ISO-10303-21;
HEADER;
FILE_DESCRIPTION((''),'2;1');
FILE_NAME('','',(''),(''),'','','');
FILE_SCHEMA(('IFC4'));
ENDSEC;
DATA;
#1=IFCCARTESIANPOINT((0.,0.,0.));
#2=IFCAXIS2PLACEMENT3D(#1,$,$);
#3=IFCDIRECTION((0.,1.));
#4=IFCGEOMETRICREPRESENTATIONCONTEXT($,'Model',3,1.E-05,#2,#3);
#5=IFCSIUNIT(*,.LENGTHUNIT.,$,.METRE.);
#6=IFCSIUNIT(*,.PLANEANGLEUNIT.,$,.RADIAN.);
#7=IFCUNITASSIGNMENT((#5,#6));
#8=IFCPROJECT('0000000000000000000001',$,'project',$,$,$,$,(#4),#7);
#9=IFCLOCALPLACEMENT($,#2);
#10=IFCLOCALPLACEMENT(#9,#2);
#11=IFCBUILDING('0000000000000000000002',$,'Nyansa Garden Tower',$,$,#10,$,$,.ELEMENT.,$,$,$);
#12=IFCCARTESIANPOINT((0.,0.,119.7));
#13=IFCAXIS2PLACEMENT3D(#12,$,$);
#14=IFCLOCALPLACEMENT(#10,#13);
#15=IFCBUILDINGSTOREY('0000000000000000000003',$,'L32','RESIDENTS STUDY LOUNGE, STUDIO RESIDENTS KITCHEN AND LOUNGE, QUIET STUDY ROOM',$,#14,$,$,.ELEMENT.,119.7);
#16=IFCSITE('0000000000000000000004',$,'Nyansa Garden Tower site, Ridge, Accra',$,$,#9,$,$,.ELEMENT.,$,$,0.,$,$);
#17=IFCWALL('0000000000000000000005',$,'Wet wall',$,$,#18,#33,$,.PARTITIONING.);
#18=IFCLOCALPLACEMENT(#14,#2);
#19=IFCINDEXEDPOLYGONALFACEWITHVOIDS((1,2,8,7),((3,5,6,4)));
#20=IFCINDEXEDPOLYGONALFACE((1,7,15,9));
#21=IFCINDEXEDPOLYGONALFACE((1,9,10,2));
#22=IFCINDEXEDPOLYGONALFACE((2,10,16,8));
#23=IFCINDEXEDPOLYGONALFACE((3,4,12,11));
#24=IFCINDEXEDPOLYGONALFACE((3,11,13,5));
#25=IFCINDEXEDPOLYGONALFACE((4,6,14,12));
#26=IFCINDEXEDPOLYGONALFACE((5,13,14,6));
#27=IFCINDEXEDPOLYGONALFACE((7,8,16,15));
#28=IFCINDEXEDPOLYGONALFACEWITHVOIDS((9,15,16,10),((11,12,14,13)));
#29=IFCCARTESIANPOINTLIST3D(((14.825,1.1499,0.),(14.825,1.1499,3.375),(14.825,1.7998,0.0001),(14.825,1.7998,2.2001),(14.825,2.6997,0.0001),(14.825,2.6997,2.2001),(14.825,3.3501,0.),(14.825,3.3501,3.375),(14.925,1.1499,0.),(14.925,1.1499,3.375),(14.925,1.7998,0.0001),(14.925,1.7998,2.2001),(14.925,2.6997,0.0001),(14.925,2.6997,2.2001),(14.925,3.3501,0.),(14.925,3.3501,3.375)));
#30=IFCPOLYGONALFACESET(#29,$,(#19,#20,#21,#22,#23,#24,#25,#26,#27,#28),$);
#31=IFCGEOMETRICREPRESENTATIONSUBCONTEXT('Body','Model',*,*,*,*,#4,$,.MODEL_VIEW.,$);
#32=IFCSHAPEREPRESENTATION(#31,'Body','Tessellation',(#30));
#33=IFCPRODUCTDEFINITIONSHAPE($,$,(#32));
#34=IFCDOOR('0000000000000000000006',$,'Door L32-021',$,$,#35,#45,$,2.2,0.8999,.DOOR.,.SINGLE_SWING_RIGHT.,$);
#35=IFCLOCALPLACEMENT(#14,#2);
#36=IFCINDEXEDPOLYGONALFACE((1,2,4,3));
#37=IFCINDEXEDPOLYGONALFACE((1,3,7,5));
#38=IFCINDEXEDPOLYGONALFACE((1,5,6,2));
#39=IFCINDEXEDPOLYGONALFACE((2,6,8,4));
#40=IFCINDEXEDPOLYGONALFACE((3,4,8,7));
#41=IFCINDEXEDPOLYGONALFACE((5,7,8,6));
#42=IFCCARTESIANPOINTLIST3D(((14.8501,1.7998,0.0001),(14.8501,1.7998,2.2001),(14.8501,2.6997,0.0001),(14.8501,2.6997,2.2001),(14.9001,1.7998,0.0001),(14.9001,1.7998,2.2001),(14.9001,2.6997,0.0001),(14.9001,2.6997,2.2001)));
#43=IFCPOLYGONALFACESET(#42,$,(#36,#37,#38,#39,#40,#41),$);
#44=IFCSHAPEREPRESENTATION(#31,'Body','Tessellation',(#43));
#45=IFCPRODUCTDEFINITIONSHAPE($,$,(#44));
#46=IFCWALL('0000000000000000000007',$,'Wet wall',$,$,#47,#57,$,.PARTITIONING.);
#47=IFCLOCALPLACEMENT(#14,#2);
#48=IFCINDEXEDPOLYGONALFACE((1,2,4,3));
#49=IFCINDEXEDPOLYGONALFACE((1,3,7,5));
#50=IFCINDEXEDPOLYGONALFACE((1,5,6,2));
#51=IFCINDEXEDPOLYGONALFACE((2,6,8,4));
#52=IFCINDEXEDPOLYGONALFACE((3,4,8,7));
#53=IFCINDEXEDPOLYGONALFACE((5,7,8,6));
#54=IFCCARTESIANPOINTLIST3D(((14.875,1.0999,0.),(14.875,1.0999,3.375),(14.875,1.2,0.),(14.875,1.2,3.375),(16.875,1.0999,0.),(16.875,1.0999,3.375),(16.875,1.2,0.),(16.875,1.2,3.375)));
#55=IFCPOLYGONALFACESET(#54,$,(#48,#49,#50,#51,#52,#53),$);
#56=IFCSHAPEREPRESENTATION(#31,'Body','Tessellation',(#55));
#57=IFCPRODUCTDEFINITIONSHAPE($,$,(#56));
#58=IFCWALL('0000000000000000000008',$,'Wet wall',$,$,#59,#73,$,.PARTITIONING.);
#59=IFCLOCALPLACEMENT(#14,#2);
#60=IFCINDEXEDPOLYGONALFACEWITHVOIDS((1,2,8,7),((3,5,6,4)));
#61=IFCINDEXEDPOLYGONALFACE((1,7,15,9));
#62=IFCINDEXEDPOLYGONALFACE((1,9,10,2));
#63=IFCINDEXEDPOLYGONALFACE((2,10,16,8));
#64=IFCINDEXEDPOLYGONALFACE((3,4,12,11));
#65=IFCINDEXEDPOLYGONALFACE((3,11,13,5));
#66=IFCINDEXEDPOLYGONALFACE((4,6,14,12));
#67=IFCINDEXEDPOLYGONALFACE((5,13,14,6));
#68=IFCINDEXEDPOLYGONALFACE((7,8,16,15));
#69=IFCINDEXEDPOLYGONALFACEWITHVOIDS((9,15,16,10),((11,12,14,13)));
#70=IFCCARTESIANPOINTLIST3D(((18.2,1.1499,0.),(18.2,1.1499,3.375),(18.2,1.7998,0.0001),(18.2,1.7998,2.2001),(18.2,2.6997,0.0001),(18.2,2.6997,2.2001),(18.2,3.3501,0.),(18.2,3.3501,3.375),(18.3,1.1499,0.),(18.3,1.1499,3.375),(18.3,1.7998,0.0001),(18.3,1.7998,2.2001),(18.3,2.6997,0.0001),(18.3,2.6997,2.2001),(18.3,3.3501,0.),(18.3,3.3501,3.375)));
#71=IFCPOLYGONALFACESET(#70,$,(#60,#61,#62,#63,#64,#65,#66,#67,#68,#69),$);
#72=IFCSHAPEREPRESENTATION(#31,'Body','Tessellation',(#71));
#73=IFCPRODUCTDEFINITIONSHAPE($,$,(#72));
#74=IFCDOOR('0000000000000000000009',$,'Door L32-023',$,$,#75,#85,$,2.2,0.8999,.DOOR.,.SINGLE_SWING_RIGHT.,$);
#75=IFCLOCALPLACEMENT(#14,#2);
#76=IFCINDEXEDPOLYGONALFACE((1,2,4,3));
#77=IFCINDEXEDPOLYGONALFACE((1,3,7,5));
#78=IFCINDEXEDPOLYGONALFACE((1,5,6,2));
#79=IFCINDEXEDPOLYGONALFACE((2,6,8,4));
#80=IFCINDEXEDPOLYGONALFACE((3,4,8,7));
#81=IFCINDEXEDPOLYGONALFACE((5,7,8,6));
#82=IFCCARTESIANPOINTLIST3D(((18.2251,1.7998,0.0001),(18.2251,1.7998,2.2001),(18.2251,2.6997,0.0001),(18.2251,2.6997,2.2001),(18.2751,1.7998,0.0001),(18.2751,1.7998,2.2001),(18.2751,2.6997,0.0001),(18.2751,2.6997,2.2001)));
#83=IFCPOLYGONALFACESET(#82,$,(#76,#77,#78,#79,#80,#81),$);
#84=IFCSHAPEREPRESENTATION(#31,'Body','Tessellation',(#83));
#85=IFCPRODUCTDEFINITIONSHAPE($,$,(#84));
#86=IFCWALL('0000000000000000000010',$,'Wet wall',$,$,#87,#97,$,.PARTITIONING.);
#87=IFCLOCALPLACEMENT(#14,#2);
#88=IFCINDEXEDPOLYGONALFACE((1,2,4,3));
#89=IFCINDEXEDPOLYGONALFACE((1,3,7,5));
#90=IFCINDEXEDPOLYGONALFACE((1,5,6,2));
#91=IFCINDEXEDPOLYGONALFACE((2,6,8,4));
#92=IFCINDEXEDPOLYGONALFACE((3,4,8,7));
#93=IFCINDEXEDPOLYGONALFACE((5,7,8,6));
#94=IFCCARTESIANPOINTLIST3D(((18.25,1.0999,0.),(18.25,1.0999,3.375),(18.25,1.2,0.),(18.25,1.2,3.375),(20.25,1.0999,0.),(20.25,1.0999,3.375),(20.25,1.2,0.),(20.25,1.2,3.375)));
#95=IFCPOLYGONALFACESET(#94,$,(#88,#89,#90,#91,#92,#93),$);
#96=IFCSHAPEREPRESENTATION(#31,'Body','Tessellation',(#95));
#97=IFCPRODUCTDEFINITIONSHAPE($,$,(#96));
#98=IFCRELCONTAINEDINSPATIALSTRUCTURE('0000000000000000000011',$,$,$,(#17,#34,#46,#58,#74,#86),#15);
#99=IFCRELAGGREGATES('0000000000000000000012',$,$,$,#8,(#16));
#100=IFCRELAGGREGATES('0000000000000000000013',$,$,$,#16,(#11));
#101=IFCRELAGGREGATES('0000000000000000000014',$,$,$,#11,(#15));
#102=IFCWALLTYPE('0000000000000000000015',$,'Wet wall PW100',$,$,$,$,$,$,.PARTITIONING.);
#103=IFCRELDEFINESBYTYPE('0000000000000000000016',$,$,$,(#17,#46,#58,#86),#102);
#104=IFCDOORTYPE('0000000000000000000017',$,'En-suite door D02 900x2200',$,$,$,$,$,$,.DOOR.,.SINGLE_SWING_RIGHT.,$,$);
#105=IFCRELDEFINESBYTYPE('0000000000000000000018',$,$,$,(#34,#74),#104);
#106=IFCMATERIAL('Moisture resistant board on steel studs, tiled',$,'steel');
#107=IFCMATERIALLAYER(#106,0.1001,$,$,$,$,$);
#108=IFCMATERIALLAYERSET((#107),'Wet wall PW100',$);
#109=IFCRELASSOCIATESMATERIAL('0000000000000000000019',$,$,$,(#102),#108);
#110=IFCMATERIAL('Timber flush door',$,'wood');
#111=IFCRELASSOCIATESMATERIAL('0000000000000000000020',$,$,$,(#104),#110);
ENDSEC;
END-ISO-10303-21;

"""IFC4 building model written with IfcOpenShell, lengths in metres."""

from ifc_helpers import new_model, si_unit, direction, frame, frame_2d, origin, place, context, subcontext, project, spatial, rectangle, extrude, material, layer, layer_set, type_object, element, fill, save


model = new_model("IFC4")

# Units and contexts
model_context = context("Model", 3, precision=1e-05, world=origin(), true_north=direction((0.0, 1.0)))
body_context = subcontext(model_context, "Body", "Model", "MODEL_VIEW")
ifc_project = project(units=[si_unit("LENGTHUNIT", "METRE"), si_unit("PLANEANGLEUNIT", "RADIAN")], contexts=[model_context])

# Site, building, storey
site_placement = place(None, origin())
site = spatial("IfcSite", under=ifc_project, at=site_placement, Name="Nyansa Garden Tower site, Ridge, Accra", CompositionType="ELEMENT", RefElevation=0.0)
building_placement = place(site_placement, origin())
building = spatial("IfcBuilding", under=site, at=building_placement, Name="Nyansa Garden Tower", CompositionType="ELEMENT")
storey_placement = place(building_placement, frame((0.0, 0.0, 119.7)))
storey = spatial("IfcBuildingStorey", under=building, at=storey_placement, Name="L32", Description="RESIDENTS STUDY LOUNGE, STUDIO RESIDENTS KITCHEN AND LOUNGE, QUIET STUDY ROOM", CompositionType="ELEMENT", Elevation=119.7)

# Shared definitions
ifc_material_1 = material(Name="Moisture resistant board on steel studs, tiled", Category="steel")
ifc_layer_1 = layer(ifc_material_1, 0.1001)
ifc_layer_set_1 = layer_set([ifc_layer_1], Name="Wet wall PW100")
wall_type_1 = type_object("IfcWallType", Name="Wet wall PW100", PredefinedType="PARTITIONING", material=ifc_layer_set_1)

# Wall, opening, door
wall_1_placement = place(storey_placement, frame((14.875, 1.1499, 0.0), z_axis=(0.0, 0.0, 1.0), x_axis=(0.0, 1.0, 0.0)))
wall_1 = element("IfcWall", 1, at=wall_1_placement, inside=storey, type_object=wall_type_1, Name="Wet wall", PredefinedType="PARTITIONING", context=body_context, shape_type="SweptSolid", body=[
    extrude(rectangle(XDim=2.2002, YDim=0.1001, at=frame_2d((1.1001, 0.0))), origin(), (0.0, 0.0, 1.0), 3.375),
])
opening_1_placement = place(wall_1_placement, frame((0.6499, 0.0, 0.0)))
opening_1 = element("IfcOpeningElement", 2, at=opening_1_placement, cuts=wall_1, PredefinedType="OPENING", context=body_context, shape_type="SweptSolid", body=[
    extrude(rectangle(XDim=0.8999, YDim=2.2, at=frame_2d((0.45, 1.1001))), frame((0.0, 0.0601, 0.0), z_axis=(0.0, -1.0, 0.0), x_axis=(1.0, 0.0, 0.0)), (0.0, 0.0, 1.0), 0.1201),
])
ifc_material_2 = material(Name="Timber flush door", Category="wood")
door_type_1 = type_object("IfcDoorType", Name="En-suite door D02 900x2200", OperationType="SINGLE_SWING_RIGHT", PredefinedType="DOOR", material=ifc_material_2)
door_1_placement = place(opening_1_placement, origin())
door_1 = element("IfcDoor", 3, at=door_1_placement, inside=storey, type_object=door_type_1, Name="Door L32-021", OperationType="SINGLE_SWING_RIGHT", OverallHeight=2.2, OverallWidth=0.8999, PredefinedType="DOOR", context=body_context, shape_type="SweptSolid", body=[
    extrude(rectangle(XDim=0.8999, YDim=2.2, at=frame_2d((0.45, 1.1001))), frame((0.0, 0.0249, 0.0), z_axis=(0.0, -1.0, 0.0), x_axis=(1.0, 0.0, 0.0)), (0.0, 0.0, 1.0), 0.05),
])
fill(opening_1, door_1)

# Wall
wall_2_placement = place(storey_placement, frame((14.875, 1.1499, 0.0), z_axis=(0.0, 0.0, 1.0), x_axis=(1.0, 0.0, 0.0)))
element("IfcWall", 4, at=wall_2_placement, inside=storey, type_object=wall_type_1, Name="Wet wall", PredefinedType="PARTITIONING", context=body_context, shape_type="SweptSolid", body=[
    extrude(rectangle(XDim=2.0, YDim=0.1001, at=frame_2d((1.0, 0.0))), origin(), (0.0, 0.0, 1.0), 3.375),
])

# Wall, opening, door
wall_3_placement = place(storey_placement, frame((18.25, 1.1499, 0.0), z_axis=(0.0, 0.0, 1.0), x_axis=(0.0, 1.0, 0.0)))
wall_3 = element("IfcWall", 5, at=wall_3_placement, inside=storey, type_object=wall_type_1, Name="Wet wall", PredefinedType="PARTITIONING", context=body_context, shape_type="SweptSolid", body=[
    extrude(rectangle(XDim=2.2002, YDim=0.1001, at=frame_2d((1.1001, 0.0))), origin(), (0.0, 0.0, 1.0), 3.375),
])
opening_2_placement = place(wall_3_placement, frame((0.6499, 0.0, 0.0)))
opening_2 = element("IfcOpeningElement", 6, at=opening_2_placement, cuts=wall_3, PredefinedType="OPENING", context=body_context, shape_type="SweptSolid", body=[
    extrude(rectangle(XDim=0.8999, YDim=2.2, at=frame_2d((0.45, 1.1001))), frame((0.0, 0.0601, 0.0), z_axis=(0.0, -1.0, 0.0), x_axis=(1.0, 0.0, 0.0)), (0.0, 0.0, 1.0), 0.1201),
])
door_2_placement = place(opening_2_placement, origin())
door_2 = element("IfcDoor", 7, at=door_2_placement, inside=storey, type_object=door_type_1, Name="Door L32-023", OperationType="SINGLE_SWING_RIGHT", OverallHeight=2.2, OverallWidth=0.8999, PredefinedType="DOOR", context=body_context, shape_type="SweptSolid", body=[
    extrude(rectangle(XDim=0.8999, YDim=2.2, at=frame_2d((0.45, 1.1001))), frame((0.0, 0.0249, 0.0), z_axis=(0.0, -1.0, 0.0), x_axis=(1.0, 0.0, 0.0)), (0.0, 0.0, 1.0), 0.05),
])
fill(opening_2, door_2)

# Wall
wall_4_placement = place(storey_placement, frame((18.25, 1.1499, 0.0), z_axis=(0.0, 0.0, 1.0), x_axis=(1.0, 0.0, 0.0)))
element("IfcWall", 8, at=wall_4_placement, inside=storey, type_object=wall_type_1, Name="Wet wall", PredefinedType="PARTITIONING", context=body_context, shape_type="SweptSolid", body=[
    extrude(rectangle(XDim=2.0, YDim=0.1001, at=frame_2d((1.0, 0.0))), origin(), (0.0, 0.0, 1.0), 3.375),
])

save(model, "model.ifc")
